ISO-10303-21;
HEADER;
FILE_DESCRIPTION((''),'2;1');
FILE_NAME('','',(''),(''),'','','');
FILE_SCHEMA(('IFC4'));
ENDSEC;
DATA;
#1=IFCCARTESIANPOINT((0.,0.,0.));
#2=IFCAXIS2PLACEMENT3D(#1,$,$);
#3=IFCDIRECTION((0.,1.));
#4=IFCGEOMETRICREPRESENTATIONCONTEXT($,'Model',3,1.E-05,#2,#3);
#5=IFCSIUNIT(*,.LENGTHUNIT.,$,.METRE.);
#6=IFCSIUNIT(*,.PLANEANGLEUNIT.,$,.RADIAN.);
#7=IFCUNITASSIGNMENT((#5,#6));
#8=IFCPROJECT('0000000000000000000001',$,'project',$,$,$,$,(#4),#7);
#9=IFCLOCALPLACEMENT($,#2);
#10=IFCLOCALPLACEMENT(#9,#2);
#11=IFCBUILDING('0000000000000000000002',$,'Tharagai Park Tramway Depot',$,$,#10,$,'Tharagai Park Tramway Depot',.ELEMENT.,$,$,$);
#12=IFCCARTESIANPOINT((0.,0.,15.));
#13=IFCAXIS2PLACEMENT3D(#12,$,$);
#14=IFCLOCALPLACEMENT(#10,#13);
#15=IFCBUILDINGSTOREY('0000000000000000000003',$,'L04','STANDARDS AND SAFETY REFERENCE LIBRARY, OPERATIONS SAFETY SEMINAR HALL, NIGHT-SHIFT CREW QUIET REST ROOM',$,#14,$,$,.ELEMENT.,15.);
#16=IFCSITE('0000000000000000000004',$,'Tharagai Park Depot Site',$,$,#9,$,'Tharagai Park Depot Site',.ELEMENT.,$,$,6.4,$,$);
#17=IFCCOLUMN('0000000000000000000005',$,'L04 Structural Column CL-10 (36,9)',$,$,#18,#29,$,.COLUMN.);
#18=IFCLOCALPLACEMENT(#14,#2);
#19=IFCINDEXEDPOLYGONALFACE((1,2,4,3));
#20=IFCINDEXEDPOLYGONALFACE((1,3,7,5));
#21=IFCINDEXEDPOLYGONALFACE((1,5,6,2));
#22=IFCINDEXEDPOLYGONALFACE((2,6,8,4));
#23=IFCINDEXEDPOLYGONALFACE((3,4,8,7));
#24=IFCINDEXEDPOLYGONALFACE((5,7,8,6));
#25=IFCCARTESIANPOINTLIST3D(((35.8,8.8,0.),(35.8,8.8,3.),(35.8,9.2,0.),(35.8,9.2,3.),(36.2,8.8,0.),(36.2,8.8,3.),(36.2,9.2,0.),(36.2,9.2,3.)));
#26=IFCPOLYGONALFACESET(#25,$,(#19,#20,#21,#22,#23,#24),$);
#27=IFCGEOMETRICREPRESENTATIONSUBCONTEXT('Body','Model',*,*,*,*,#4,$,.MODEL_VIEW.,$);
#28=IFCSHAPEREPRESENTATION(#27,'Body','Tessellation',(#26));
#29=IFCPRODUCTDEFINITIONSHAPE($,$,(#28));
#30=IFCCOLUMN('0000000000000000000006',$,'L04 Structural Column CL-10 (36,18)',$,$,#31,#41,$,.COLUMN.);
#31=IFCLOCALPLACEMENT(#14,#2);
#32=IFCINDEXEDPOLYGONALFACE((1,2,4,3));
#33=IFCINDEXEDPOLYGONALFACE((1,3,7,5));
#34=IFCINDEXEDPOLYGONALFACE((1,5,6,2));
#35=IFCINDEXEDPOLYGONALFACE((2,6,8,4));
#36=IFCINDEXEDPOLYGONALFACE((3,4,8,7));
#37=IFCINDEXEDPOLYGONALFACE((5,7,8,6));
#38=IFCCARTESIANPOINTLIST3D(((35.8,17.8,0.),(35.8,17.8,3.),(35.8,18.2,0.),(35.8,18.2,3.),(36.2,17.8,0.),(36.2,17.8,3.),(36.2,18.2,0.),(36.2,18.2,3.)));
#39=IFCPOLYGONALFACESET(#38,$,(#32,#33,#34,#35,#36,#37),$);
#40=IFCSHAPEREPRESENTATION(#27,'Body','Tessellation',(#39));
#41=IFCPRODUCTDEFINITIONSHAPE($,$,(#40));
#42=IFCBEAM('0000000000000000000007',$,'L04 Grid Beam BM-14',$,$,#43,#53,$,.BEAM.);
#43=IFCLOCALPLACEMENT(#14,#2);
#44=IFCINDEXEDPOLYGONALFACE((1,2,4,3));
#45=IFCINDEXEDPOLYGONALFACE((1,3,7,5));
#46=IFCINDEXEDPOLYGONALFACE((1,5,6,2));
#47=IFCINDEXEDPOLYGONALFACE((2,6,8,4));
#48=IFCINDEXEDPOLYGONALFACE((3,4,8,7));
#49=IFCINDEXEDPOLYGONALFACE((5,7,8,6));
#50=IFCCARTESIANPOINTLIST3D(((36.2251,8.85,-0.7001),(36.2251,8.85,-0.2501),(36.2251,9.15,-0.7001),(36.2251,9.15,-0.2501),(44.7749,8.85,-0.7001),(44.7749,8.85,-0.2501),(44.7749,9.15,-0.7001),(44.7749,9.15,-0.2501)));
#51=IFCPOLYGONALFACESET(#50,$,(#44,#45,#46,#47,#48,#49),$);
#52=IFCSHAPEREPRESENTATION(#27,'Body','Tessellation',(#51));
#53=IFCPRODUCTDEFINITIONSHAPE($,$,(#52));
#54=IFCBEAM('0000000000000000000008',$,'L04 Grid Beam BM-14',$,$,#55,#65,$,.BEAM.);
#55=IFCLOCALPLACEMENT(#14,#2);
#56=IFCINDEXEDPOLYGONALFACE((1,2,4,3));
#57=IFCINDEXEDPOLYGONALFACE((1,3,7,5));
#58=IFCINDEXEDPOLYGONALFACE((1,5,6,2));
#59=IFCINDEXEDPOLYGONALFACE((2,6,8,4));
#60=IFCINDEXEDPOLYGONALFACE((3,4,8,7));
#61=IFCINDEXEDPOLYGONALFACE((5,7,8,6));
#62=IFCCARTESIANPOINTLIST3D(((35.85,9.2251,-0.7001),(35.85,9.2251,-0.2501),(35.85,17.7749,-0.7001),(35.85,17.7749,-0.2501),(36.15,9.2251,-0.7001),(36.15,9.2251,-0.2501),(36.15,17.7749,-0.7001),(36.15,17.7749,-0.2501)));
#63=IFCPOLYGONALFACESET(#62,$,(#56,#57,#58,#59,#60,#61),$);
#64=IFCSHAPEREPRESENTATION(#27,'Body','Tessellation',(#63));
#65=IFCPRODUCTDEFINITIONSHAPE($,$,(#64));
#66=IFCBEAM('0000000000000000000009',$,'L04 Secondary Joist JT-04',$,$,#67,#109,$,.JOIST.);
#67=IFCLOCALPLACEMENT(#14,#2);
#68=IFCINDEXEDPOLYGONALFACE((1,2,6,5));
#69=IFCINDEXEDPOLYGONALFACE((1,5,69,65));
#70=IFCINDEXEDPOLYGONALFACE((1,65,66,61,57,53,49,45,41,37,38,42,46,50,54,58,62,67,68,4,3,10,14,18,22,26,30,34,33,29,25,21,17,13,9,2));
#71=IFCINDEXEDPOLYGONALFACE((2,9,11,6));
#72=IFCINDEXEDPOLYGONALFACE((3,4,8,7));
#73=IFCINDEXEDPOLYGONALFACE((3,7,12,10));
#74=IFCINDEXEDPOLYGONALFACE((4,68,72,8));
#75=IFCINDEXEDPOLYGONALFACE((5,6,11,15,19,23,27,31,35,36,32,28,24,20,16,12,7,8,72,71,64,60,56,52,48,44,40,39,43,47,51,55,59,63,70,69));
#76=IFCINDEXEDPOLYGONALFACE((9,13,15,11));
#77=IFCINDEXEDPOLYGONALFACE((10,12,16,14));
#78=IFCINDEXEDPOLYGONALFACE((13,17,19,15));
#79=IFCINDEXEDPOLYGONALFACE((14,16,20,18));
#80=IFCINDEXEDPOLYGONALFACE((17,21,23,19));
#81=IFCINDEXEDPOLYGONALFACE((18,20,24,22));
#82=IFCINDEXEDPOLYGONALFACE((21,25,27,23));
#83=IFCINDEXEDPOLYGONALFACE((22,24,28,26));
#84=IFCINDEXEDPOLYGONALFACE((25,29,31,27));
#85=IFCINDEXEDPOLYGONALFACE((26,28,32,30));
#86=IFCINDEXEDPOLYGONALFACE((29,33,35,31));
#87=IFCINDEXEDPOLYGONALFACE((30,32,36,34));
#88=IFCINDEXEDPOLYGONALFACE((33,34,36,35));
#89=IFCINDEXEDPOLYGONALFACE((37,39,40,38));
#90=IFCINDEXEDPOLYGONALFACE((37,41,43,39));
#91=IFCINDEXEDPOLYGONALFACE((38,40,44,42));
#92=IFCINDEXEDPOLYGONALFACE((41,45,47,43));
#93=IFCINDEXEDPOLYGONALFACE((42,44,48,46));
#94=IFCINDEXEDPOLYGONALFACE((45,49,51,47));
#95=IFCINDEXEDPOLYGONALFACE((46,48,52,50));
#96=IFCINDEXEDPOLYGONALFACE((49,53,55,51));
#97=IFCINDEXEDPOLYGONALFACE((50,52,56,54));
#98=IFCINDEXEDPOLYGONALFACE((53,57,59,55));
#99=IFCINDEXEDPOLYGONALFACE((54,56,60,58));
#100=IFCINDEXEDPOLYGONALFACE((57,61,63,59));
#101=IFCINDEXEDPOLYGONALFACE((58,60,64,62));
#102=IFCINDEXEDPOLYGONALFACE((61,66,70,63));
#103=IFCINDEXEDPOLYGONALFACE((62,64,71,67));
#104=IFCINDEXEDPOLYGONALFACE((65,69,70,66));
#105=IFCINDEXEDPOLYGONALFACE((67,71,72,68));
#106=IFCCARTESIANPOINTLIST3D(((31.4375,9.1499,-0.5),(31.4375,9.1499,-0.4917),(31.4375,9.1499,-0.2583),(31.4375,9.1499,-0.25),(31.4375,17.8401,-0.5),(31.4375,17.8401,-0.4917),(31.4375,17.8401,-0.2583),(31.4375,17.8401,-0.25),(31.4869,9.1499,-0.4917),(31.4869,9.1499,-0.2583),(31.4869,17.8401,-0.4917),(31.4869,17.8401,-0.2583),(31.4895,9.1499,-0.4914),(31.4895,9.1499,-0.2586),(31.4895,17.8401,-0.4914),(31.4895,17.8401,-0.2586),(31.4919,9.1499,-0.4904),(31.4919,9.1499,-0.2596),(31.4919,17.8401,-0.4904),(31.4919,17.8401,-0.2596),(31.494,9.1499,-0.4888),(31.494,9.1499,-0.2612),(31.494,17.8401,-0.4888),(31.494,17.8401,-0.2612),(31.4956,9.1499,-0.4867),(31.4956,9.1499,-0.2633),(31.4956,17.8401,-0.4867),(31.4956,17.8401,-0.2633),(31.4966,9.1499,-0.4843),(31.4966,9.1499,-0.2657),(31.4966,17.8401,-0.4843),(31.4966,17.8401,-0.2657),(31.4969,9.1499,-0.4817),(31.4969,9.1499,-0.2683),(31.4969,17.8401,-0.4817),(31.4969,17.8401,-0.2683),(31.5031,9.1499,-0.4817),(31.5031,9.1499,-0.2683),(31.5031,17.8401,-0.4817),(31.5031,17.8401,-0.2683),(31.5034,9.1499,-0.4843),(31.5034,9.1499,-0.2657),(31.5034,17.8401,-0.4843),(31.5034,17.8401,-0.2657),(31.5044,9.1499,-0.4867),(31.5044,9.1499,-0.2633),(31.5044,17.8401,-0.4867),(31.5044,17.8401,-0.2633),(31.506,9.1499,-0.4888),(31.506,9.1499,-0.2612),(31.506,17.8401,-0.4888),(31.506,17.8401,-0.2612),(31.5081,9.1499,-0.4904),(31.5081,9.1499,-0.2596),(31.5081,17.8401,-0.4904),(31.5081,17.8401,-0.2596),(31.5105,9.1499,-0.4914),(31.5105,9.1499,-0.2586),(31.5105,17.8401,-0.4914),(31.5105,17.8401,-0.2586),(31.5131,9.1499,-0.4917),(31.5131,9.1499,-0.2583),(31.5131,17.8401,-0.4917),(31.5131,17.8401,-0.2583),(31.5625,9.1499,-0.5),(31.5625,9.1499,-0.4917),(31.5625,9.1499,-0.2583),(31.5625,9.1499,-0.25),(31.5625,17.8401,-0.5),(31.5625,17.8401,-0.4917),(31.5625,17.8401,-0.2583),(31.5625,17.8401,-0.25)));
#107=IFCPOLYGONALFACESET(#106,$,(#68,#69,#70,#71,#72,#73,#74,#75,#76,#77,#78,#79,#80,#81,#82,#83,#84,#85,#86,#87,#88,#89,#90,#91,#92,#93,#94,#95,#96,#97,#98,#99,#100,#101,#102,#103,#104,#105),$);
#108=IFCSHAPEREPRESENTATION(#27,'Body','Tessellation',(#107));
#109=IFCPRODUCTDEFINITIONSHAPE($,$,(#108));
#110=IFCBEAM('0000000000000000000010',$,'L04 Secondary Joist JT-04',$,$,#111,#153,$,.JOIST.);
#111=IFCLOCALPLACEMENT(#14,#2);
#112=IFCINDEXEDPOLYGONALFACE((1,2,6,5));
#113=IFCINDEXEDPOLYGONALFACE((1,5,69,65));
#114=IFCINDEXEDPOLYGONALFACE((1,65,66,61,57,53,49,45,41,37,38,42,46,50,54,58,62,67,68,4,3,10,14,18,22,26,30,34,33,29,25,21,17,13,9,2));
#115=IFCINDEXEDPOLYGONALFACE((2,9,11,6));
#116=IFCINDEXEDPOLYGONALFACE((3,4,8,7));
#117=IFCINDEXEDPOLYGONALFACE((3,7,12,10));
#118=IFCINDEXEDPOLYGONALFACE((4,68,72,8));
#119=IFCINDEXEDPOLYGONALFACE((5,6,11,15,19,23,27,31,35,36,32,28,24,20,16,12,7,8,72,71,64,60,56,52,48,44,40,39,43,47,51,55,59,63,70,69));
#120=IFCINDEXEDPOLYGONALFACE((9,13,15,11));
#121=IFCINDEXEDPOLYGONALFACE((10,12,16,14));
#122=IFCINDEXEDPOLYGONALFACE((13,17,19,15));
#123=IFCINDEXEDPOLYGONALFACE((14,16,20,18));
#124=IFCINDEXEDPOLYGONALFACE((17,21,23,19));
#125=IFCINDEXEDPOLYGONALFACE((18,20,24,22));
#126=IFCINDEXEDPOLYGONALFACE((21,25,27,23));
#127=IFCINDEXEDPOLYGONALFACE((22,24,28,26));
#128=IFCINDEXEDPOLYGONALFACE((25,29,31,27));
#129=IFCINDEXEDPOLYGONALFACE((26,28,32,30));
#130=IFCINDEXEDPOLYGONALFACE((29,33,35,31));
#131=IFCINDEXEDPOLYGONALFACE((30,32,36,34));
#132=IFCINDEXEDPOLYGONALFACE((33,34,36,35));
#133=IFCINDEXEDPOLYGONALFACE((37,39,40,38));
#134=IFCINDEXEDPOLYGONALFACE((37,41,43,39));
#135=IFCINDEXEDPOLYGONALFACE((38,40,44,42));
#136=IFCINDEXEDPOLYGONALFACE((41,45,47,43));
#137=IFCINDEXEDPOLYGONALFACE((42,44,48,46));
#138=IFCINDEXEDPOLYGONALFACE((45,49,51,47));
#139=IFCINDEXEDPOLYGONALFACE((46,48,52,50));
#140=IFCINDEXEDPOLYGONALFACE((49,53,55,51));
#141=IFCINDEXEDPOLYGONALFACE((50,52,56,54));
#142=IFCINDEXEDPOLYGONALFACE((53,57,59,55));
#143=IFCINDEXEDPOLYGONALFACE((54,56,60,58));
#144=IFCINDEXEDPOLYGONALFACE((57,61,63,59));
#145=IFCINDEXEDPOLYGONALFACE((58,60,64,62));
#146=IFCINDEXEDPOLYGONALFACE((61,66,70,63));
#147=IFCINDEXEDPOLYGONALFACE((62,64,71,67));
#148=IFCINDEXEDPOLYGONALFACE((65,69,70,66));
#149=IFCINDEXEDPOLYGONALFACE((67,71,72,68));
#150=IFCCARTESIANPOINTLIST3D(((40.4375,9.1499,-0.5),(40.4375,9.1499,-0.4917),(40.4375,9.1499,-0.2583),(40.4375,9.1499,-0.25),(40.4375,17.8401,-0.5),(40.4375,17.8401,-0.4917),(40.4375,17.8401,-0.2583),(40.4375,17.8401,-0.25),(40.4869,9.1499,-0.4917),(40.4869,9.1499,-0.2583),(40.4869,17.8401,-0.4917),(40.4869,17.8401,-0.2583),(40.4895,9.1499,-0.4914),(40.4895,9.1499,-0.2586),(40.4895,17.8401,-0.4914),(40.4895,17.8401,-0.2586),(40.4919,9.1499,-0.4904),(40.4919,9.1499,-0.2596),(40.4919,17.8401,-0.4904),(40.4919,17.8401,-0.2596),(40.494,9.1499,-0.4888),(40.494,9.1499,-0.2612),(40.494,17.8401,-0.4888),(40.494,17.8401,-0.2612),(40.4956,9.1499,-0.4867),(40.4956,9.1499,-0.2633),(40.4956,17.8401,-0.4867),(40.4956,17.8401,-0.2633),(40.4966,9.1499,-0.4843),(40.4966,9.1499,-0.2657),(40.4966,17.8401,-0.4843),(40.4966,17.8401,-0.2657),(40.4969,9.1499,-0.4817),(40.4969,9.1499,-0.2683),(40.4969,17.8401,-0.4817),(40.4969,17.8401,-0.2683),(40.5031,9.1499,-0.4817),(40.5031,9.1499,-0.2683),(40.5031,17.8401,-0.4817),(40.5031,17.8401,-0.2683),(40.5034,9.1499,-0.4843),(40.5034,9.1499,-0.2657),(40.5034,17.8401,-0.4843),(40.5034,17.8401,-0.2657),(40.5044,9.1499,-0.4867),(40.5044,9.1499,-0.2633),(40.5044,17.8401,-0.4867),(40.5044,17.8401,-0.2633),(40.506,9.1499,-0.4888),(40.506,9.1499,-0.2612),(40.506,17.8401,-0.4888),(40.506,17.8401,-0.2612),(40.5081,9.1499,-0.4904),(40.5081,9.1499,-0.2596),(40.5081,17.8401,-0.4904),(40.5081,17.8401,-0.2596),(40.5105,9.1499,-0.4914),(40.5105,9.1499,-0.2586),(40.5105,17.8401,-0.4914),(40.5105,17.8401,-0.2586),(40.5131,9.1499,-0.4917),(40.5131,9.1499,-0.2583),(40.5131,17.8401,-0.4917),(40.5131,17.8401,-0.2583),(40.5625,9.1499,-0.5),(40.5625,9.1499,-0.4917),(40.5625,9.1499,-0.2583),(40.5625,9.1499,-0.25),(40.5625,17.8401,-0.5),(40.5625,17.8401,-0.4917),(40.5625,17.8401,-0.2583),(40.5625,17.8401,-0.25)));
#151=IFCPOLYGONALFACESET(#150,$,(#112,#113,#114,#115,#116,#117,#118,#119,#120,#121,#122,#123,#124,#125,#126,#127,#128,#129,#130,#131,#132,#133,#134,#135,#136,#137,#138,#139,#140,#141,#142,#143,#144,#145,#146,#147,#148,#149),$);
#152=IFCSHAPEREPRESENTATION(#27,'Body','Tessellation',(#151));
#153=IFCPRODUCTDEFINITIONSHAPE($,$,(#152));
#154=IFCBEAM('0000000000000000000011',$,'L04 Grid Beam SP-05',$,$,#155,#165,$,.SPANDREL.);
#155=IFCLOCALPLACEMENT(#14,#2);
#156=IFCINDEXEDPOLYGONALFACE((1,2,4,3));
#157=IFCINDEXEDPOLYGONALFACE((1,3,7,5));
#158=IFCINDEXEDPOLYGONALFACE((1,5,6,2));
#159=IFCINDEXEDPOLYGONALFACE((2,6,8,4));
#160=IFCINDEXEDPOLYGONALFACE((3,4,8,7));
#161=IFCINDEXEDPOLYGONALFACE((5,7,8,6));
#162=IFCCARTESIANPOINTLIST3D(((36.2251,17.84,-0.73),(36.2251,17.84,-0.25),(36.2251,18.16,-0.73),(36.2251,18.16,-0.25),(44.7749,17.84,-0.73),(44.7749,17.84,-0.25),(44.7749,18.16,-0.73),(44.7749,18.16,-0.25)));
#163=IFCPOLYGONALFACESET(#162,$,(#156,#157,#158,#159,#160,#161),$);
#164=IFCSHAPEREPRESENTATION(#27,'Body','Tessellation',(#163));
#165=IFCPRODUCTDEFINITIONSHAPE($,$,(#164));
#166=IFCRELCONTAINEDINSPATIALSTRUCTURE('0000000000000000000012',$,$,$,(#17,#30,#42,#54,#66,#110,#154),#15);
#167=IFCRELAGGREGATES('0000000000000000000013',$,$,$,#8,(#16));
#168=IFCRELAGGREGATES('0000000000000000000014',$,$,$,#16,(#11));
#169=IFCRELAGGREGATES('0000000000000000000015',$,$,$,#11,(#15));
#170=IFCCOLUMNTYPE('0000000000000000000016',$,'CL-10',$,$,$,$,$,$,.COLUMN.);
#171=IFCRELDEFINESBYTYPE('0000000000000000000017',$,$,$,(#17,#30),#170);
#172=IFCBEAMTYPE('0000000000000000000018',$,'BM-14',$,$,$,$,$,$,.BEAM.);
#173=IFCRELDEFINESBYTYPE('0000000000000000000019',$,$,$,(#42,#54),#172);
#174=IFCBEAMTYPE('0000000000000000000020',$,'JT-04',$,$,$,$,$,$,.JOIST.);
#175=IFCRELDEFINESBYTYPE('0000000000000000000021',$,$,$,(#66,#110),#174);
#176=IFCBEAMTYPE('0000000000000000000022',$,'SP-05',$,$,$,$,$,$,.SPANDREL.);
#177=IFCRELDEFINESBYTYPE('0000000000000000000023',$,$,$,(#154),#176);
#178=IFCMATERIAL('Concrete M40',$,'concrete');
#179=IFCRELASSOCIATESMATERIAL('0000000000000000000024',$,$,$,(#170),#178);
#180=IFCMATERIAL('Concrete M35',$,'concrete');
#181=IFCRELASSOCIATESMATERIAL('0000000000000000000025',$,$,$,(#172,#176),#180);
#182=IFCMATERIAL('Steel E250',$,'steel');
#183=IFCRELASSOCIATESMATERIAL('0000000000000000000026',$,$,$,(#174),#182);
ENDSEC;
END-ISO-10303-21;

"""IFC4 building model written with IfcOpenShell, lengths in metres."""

from ifc_helpers import new_model, si_unit, direction, frame, origin, origin_2d, place, context, subcontext, project, spatial, rectangle, i_section, extrude, material, material_profile, profile_set, type_object, element, save


model = new_model("IFC4")

# Units and contexts
model_context = context("Model", 3, precision=1e-05, world=origin(), true_north=direction((0.0, 1.0)))
body_context = subcontext(model_context, "Body", "Model", "MODEL_VIEW")
ifc_project = project(units=[si_unit("LENGTHUNIT", "METRE"), si_unit("PLANEANGLEUNIT", "RADIAN")], contexts=[model_context])

# Site, building, storey
site_placement = place(None, origin())
site = spatial("IfcSite", under=ifc_project, at=site_placement, Name="Tharagai Park Depot Site", LongName="Tharagai Park Depot Site", CompositionType="ELEMENT", RefElevation=6.4)
building_placement = place(site_placement, origin())
building = spatial("IfcBuilding", under=site, at=building_placement, Name="Tharagai Park Tramway Depot", LongName="Tharagai Park Tramway Depot", CompositionType="ELEMENT")
storey_placement = place(building_placement, frame((0.0, 0.0, 15.0)))
storey = spatial("IfcBuildingStorey", under=building, at=storey_placement, Name="L04", Description="STANDARDS AND SAFETY REFERENCE LIBRARY, OPERATIONS SAFETY SEMINAR HALL, NIGHT-SHIFT CREW QUIET REST ROOM", CompositionType="ELEMENT", Elevation=15.0)

# Columns
ifc_material_1 = material(Name="Concrete M40", Category="concrete")
ifc_material_profile_1 = material_profile(ifc_material_1, rectangle(XDim=0.3999, YDim=0.3999, at=origin_2d()), Name="RC 400x400")
ifc_profile_set_1 = profile_set([ifc_material_profile_1], Name="Concrete M40")
column_type = type_object("IfcColumnType", Name="CL-10", PredefinedType="COLUMN", material=ifc_profile_set_1)
for number, where, z_axis, x_axis, name in (
    (1, (36.0, 9.0, 0.0), (0.0, 0.0, 1.0), (1.0, 0.0, 0.0), "L04 Structural Column CL-10 (36,9)"),
    (2, (36.0, 18.0, 0.0), (0.0, 0.0, 1.0), (1.0, 0.0, 0.0), "L04 Structural Column CL-10 (36,18)"),
):
    element("IfcColumn", number, at=place(storey_placement, frame(where, z_axis=z_axis, x_axis=x_axis)), inside=storey, type_object=column_type, Name=name, PredefinedType="COLUMN", context=body_context, shape_type="SweptSolid", body=[
        extrude(rectangle(XDim=0.3999, YDim=0.3999, at=origin_2d()), origin(), (0.0, 0.0, 1.0), 3.0),
    ])

# Beams
ifc_material_2 = material(Name="Concrete M35", Category="concrete")
ifc_material_profile_2 = material_profile(ifc_material_2, rectangle(XDim=0.3, YDim=0.45, at=origin_2d()), Name="RC 300x450")
ifc_profile_set_2 = profile_set([ifc_material_profile_2], Name="Concrete M35")
beam_type_1 = type_object("IfcBeamType", Name="BM-14", PredefinedType="BEAM", material=ifc_profile_set_2)
for number, where, z_axis, x_axis, name in (
    (3, (36.2251, 9.0, -0.4751), (1.0, 0.0, 0.0), (0.0, 1.0, 0.0), "L04 Grid Beam BM-14"),
    (4, (36.0, 9.2251, -0.4751), (0.0, 1.0, 0.0), (-1.0, 0.0, 0.0), "L04 Grid Beam BM-14"),
):
    element("IfcBeam", number, at=place(storey_placement, frame(where, z_axis=z_axis, x_axis=x_axis)), inside=storey, type_object=beam_type_1, Name=name, PredefinedType="BEAM", context=body_context, shape_type="SweptSolid", body=[
        extrude(rectangle(XDim=0.3, YDim=0.45, at=origin_2d()), origin(), (0.0, 0.0, 1.0), 8.5498),
    ])
ifc_material_3 = material(Name="Steel E250", Category="steel")
ifc_material_profile_3 = material_profile(ifc_material_3, i_section(OverallWidth=0.125, OverallDepth=0.25, WebThickness=0.0061, FlangeThickness=0.0083, FilletRadius=0.01, at=origin_2d()), Name="ISLB 250")
ifc_profile_set_3 = profile_set([ifc_material_profile_3], Name="Steel E250")
beam_type_2 = type_object("IfcBeamType", Name="JT-04", PredefinedType="JOIST", material=ifc_profile_set_3)
for number, where, z_axis, x_axis, name in (
    (5, (31.5, 9.1499, -0.375), (0.0, 1.0, 0.0), (-1.0, 0.0, 0.0), "L04 Secondary Joist JT-04"),
    (6, (40.5, 9.1499, -0.375), (0.0, 1.0, 0.0), (-1.0, 0.0, 0.0), "L04 Secondary Joist JT-04"),
):
    element("IfcBeam", number, at=place(storey_placement, frame(where, z_axis=z_axis, x_axis=x_axis)), inside=storey, type_object=beam_type_2, Name=name, PredefinedType="JOIST", context=body_context, shape_type="SweptSolid", body=[
        extrude(i_section(OverallWidth=0.125, OverallDepth=0.25, WebThickness=0.0061, FlangeThickness=0.0083, FilletRadius=0.01, at=origin_2d()), origin(), (0.0, 0.0, 1.0), 8.6902),
    ])
ifc_material_profile_4 = material_profile(ifc_material_2, rectangle(XDim=0.3201, YDim=0.48, at=origin_2d()), Name="RC 320x480")
ifc_profile_set_4 = profile_set([ifc_material_profile_4], Name="Concrete M35")
beam_type_3 = type_object("IfcBeamType", Name="SP-05", PredefinedType="SPANDREL", material=ifc_profile_set_4)
beam_placement = place(storey_placement, frame((36.2251, 18.0, -0.49), z_axis=(1.0, 0.0, 0.0), x_axis=(0.0, 1.0, 0.0)))
element("IfcBeam", 7, at=beam_placement, inside=storey, type_object=beam_type_3, Name="L04 Grid Beam SP-05", PredefinedType="SPANDREL", context=body_context, shape_type="SweptSolid", body=[
    extrude(rectangle(XDim=0.3201, YDim=0.48, at=origin_2d()), origin(), (0.0, 0.0, 1.0), 8.5498),
])

save(model, "model.ifc")
